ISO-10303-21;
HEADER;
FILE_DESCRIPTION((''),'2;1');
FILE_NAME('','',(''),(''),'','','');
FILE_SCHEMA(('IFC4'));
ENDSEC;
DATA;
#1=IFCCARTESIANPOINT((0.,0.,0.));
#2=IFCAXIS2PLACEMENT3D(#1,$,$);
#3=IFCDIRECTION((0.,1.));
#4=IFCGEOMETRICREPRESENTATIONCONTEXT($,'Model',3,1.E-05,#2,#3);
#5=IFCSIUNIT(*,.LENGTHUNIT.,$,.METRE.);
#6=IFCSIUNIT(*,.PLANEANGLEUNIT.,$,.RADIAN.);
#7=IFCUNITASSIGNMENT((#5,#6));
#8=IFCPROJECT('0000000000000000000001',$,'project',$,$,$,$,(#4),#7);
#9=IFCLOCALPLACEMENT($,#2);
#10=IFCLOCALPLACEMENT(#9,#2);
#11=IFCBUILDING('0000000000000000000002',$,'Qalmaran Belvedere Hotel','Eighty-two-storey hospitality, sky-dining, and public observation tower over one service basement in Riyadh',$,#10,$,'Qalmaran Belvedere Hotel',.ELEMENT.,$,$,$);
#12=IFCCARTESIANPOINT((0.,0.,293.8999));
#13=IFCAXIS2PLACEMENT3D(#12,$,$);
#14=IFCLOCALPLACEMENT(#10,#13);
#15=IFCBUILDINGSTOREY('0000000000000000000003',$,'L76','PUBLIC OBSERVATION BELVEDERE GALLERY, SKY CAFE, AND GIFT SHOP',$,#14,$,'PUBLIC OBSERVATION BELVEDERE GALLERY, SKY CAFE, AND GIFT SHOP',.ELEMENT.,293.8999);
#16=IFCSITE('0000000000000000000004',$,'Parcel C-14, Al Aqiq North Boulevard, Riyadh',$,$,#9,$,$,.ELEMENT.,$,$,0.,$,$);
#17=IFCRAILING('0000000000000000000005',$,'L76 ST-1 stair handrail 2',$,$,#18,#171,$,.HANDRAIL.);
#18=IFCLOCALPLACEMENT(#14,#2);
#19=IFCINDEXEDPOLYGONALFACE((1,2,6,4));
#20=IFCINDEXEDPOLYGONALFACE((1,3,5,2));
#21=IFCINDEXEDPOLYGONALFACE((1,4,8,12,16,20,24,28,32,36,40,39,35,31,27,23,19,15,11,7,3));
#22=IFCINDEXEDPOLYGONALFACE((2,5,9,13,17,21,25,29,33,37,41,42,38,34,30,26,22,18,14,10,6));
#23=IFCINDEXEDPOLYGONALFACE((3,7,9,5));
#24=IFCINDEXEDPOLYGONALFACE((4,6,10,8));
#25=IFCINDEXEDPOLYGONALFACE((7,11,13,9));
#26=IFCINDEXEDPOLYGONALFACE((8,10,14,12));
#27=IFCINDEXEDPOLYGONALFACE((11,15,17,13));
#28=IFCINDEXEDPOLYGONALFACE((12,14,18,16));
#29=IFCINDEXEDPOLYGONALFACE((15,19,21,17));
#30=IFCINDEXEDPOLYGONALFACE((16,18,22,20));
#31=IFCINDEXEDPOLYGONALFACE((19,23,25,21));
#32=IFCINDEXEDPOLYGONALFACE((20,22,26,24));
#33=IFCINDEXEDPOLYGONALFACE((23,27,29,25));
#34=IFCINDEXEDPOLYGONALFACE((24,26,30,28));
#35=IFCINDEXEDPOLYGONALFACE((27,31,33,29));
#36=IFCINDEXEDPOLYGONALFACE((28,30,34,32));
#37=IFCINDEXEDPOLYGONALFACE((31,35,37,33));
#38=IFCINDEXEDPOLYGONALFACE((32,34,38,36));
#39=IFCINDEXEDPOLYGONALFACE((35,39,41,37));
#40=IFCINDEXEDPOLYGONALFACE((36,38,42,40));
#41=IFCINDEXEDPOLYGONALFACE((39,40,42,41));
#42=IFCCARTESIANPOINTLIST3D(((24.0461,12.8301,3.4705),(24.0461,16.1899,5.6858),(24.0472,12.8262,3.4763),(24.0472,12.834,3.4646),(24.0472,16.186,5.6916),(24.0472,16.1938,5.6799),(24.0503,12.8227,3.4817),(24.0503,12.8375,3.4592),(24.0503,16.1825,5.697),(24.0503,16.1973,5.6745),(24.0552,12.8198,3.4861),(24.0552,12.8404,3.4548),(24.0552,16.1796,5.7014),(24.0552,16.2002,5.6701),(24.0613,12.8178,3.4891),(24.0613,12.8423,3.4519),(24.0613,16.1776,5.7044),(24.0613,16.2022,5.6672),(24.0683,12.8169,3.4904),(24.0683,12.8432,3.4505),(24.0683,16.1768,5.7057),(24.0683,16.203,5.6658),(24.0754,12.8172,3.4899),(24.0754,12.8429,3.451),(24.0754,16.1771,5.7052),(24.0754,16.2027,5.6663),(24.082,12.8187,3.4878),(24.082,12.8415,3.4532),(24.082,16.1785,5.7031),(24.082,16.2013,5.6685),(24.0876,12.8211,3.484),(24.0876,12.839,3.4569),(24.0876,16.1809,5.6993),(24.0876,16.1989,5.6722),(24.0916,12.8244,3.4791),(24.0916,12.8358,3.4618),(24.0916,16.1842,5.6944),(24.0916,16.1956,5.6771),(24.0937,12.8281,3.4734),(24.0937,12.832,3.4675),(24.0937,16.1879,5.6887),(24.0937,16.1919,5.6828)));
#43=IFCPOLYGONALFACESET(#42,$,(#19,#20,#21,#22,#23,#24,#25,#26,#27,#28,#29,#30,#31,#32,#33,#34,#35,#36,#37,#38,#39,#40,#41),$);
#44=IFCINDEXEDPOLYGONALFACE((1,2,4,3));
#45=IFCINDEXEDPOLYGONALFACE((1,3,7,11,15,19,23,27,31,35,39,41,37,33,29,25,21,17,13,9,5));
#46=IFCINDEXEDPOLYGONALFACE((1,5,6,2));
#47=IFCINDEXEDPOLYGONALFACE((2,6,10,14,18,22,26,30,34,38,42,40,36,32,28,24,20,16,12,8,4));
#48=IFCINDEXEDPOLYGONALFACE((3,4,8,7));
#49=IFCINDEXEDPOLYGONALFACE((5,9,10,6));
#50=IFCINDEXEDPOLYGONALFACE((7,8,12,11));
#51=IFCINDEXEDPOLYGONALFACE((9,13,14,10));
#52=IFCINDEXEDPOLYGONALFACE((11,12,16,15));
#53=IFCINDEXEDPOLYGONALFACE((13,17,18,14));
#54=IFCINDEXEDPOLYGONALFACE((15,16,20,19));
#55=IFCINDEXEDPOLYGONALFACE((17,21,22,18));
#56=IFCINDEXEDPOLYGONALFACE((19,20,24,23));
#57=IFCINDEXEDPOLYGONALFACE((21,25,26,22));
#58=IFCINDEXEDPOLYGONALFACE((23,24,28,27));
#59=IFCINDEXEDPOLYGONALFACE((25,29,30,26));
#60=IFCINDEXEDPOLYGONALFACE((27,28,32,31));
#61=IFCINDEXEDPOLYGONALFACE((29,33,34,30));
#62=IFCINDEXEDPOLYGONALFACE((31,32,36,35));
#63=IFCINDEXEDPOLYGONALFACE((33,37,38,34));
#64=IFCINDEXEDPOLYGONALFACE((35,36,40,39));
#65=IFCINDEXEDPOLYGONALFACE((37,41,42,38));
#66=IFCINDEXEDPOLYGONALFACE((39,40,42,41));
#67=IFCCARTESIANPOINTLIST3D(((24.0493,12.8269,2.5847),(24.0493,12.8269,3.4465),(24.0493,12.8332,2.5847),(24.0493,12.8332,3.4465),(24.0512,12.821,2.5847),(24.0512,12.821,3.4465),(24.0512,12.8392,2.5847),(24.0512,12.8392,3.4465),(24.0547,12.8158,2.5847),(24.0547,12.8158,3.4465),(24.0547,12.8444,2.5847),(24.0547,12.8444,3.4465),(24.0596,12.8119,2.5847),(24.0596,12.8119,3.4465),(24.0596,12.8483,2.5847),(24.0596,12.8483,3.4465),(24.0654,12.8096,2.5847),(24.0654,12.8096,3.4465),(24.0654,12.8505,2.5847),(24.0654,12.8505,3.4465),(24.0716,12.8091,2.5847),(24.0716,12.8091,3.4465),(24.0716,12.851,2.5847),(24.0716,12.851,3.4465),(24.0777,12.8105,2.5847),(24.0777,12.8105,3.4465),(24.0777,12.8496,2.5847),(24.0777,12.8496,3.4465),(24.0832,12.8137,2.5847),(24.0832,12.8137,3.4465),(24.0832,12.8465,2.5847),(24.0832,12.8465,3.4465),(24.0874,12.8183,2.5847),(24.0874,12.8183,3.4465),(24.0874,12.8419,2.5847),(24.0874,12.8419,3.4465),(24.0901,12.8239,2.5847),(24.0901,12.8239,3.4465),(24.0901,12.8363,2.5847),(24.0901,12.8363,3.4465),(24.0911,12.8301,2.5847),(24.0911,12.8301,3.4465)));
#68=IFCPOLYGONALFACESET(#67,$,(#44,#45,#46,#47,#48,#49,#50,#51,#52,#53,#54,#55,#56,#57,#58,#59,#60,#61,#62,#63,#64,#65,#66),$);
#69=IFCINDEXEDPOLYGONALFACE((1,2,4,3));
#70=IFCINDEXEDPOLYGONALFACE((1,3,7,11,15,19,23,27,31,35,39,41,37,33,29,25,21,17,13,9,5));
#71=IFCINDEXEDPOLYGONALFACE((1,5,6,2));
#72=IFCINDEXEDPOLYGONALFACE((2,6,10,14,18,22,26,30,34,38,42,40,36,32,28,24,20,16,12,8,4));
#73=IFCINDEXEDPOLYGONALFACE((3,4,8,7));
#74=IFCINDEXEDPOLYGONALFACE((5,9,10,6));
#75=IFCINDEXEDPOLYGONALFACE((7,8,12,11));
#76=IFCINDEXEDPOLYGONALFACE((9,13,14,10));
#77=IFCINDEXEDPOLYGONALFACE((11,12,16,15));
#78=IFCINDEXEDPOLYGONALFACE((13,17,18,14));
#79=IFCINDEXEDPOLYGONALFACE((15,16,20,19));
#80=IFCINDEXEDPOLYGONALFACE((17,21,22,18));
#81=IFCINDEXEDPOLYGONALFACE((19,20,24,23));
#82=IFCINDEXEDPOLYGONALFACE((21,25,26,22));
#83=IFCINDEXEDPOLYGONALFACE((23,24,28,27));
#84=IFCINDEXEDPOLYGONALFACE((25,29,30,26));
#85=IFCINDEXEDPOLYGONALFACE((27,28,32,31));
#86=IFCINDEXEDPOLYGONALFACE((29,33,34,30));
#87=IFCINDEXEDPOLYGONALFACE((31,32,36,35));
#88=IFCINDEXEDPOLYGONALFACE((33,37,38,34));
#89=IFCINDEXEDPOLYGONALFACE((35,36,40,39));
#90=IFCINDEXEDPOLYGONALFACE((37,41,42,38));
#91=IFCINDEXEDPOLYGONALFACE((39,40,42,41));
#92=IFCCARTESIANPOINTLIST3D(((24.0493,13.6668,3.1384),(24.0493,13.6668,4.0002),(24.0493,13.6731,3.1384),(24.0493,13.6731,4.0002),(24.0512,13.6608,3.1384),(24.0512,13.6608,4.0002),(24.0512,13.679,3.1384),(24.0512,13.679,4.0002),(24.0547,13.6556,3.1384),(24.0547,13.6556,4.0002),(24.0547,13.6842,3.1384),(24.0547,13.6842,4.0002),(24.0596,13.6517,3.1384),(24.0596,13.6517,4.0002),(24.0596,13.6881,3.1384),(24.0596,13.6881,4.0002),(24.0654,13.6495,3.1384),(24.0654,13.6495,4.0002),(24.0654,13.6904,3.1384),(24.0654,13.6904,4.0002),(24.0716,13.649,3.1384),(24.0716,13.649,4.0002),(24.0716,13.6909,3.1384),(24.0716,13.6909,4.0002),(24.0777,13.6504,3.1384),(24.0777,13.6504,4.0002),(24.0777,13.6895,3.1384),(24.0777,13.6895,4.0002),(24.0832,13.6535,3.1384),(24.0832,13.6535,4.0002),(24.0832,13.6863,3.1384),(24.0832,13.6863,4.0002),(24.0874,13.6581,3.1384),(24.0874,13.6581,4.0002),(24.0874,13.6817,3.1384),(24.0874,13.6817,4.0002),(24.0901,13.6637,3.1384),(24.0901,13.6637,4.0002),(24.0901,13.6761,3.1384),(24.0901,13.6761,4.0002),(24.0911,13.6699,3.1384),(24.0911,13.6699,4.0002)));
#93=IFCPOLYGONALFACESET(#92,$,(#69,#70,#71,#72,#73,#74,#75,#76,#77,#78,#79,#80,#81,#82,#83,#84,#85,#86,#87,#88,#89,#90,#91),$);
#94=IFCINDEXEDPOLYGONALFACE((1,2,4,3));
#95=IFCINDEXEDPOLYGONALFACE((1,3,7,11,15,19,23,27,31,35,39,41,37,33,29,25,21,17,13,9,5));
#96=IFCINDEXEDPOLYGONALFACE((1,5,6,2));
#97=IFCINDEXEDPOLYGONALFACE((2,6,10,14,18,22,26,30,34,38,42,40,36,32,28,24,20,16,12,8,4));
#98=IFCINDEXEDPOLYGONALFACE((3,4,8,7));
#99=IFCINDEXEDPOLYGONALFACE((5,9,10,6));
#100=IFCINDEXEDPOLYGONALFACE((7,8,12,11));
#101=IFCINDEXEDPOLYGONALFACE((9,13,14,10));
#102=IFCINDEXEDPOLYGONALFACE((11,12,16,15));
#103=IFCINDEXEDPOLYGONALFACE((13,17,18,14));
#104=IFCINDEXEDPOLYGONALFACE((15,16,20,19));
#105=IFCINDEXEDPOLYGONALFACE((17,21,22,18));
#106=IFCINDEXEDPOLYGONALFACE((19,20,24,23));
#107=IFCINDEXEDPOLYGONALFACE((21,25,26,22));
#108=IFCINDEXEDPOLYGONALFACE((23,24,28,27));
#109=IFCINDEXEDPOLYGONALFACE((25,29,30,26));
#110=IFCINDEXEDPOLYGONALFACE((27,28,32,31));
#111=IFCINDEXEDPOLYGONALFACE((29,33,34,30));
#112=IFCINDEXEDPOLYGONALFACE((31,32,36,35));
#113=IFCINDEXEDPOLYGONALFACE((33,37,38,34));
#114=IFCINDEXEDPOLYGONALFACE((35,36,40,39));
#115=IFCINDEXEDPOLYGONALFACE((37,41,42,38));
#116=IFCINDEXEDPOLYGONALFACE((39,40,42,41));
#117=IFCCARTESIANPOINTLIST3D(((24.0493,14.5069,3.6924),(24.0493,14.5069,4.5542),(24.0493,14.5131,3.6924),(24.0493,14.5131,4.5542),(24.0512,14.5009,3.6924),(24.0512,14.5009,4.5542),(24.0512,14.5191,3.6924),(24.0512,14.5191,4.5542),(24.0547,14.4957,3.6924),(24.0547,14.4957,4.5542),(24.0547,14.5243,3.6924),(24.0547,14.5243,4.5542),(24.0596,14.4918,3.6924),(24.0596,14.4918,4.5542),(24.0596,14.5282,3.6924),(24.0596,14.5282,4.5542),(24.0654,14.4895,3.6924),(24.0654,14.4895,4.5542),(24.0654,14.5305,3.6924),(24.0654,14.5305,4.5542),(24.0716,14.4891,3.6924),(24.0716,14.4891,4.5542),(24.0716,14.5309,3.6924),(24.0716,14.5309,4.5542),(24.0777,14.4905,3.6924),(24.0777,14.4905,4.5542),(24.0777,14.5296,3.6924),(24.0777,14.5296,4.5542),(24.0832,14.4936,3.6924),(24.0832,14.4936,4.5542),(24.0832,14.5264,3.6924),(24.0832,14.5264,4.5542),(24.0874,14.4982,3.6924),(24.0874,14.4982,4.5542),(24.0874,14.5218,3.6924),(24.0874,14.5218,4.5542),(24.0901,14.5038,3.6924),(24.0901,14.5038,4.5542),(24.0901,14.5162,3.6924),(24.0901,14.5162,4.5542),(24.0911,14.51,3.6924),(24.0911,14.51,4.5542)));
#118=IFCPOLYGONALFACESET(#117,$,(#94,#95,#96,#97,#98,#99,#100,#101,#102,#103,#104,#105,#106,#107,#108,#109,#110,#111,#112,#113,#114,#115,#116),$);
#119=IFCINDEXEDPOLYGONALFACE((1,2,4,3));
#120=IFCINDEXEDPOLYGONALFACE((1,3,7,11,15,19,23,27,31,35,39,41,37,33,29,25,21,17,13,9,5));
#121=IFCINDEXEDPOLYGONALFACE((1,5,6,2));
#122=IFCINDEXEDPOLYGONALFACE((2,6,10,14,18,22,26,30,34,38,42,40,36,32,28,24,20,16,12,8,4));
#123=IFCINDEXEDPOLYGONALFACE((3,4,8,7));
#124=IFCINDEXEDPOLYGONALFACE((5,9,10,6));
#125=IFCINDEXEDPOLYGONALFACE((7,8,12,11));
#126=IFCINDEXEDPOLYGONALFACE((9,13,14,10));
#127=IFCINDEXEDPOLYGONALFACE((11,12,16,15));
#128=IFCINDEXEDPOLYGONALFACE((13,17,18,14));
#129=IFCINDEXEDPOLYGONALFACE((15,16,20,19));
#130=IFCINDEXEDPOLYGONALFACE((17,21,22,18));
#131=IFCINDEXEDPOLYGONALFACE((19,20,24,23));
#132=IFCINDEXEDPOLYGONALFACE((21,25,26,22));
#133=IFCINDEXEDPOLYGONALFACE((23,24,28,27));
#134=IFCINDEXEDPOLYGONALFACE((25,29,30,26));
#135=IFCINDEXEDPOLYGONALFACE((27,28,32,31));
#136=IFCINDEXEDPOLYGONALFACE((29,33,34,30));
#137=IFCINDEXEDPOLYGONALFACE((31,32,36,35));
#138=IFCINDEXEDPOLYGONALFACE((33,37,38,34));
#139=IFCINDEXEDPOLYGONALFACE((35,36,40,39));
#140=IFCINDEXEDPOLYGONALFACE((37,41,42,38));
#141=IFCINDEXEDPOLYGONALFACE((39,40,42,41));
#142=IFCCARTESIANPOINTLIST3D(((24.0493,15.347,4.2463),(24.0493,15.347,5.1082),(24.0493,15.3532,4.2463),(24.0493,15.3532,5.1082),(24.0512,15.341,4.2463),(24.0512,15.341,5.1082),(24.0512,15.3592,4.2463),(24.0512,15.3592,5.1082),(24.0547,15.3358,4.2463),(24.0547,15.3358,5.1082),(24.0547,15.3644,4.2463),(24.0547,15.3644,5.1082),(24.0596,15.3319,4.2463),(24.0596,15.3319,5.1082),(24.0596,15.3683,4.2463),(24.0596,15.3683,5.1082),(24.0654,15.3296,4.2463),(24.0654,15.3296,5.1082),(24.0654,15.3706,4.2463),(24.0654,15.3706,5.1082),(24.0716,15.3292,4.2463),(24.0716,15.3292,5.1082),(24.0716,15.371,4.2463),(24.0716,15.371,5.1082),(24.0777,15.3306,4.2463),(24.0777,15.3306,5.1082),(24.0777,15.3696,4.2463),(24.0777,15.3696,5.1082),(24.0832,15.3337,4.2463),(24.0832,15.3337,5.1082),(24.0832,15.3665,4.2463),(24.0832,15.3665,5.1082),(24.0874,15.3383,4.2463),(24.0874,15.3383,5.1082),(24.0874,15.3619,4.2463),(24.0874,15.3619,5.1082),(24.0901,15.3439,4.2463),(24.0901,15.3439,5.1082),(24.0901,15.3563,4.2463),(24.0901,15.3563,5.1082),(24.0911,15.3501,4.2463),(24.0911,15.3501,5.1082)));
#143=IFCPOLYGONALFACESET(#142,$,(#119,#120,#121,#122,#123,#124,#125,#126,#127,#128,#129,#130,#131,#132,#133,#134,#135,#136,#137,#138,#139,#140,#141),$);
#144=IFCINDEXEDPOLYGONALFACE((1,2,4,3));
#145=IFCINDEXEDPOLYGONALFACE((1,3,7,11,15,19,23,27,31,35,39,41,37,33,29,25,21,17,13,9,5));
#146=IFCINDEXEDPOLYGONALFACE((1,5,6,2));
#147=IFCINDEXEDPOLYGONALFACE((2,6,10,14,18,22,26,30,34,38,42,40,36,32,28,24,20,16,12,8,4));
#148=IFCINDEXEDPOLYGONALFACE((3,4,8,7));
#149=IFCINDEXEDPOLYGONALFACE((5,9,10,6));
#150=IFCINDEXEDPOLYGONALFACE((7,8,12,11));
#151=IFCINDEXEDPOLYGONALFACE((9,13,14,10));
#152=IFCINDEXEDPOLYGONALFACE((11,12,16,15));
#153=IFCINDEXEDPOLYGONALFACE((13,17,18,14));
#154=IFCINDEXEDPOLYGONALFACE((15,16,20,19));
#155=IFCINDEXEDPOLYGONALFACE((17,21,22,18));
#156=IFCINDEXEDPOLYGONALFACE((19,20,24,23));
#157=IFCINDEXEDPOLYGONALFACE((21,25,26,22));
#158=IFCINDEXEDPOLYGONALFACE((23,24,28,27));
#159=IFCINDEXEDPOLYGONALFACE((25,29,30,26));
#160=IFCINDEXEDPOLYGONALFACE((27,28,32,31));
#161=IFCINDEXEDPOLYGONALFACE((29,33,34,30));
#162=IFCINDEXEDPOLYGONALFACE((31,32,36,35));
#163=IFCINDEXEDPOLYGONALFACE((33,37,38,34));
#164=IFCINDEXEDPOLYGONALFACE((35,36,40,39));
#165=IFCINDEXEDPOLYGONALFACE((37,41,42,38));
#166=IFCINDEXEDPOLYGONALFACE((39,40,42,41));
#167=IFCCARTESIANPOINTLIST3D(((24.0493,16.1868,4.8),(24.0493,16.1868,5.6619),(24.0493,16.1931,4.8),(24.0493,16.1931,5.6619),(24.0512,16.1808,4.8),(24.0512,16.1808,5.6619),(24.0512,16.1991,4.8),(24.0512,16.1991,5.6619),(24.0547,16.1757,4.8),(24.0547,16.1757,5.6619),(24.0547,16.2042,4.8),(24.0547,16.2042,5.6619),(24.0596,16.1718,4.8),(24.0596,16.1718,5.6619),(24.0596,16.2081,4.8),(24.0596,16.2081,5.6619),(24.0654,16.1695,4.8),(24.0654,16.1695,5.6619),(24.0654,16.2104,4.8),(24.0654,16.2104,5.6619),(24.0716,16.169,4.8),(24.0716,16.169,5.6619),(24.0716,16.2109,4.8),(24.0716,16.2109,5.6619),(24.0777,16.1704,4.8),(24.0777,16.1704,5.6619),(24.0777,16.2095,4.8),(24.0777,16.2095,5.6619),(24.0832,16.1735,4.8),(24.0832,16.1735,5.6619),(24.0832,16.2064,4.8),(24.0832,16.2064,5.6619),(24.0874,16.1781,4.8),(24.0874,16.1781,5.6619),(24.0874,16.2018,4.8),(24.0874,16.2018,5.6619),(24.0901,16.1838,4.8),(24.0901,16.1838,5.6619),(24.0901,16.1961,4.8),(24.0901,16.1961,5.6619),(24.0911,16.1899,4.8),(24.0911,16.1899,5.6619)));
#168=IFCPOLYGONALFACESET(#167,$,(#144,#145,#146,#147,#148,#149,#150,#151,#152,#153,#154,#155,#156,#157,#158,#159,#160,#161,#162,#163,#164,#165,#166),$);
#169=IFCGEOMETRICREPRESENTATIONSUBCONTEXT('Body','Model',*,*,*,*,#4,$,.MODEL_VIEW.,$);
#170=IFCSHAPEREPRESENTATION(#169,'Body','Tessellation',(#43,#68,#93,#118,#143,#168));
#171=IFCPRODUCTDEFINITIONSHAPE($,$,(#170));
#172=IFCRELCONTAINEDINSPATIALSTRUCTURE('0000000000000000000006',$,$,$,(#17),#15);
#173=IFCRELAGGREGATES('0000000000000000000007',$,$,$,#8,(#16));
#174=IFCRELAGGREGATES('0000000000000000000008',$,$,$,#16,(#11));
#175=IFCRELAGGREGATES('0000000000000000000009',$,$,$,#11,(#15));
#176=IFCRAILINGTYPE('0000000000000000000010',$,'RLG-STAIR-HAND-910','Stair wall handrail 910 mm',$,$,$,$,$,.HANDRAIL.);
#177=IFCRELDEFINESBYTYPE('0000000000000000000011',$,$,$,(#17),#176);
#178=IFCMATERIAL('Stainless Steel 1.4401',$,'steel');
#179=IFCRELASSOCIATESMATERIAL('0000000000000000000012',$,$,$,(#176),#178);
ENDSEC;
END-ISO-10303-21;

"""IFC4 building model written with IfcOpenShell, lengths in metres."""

from ifc_helpers import new_model, si_unit, direction, frame, origin, origin_2d, place, context, subcontext, project, spatial, circle, extrude, material, type_object, element, save


model = new_model("IFC4")

# Units and contexts
model_context = context("Model", 3, precision=1e-05, world=origin(), true_north=direction((0.0, 1.0)))
body_context = subcontext(model_context, "Body", "Model", "MODEL_VIEW")
ifc_project = project(units=[si_unit("LENGTHUNIT", "METRE"), si_unit("PLANEANGLEUNIT", "RADIAN")], contexts=[model_context])

# Site, building, storey
site_placement = place(None, origin())
site = spatial("IfcSite", under=ifc_project, at=site_placement, Name="Parcel C-14, Al Aqiq North Boulevard, Riyadh", CompositionType="ELEMENT", RefElevation=0.0)
building_placement = place(site_placement, origin())
building = spatial("IfcBuilding", under=site, at=building_placement, Name="Qalmaran Belvedere Hotel", Description="Eighty-two-storey hospitality, sky-dining, and public observation tower over one service basement in Riyadh", LongName="Qalmaran Belvedere Hotel", CompositionType="ELEMENT")
storey_placement = place(building_placement, frame((0.0, 0.0, 293.8999)))
storey = spatial("IfcBuildingStorey", under=building, at=storey_placement, Name="L76", Description="PUBLIC OBSERVATION BELVEDERE GALLERY, SKY CAFE, AND GIFT SHOP", LongName="PUBLIC OBSERVATION BELVEDERE GALLERY, SKY CAFE, AND GIFT SHOP", CompositionType="ELEMENT", Elevation=293.8999)

# Shared definitions
ifc_material_1 = material(Name="Stainless Steel 1.4401", Category="steel")

# Railing
railing_type = type_object("IfcRailingType", Name="RLG-STAIR-HAND-910", Description="Stair wall handrail 910 mm", PredefinedType="HANDRAIL", material=ifc_material_1)
railing_1_placement = place(storey_placement, frame((24.0701, 12.8301, 2.5847)))
element("IfcRailing", 1, at=railing_1_placement, inside=storey, type_object=railing_type, Name="L76 ST-1 stair handrail 2", PredefinedType="HANDRAIL", context=body_context, shape_type="SweptSolid", body=[
    extrude(circle(Radius=0.0239, at=origin_2d()), frame((0.0, 0.0, 0.8857), z_axis=(0.0, 0.834858, 0.550465), x_axis=(-1.0, 0.0, 0.0)), (0.0, 0.0, 1.0), 4.0244),
    extrude(circle(Radius=0.021, at=origin_2d()), origin(), (0.0, 0.0, 1.0), 0.8618),
    extrude(circle(Radius=0.021, at=origin_2d()), frame((0.0, 0.8398, 0.5537)), (0.0, 0.0, 1.0), 0.8618),
    extrude(circle(Radius=0.021, at=origin_2d()), frame((0.0, 1.6799, 1.1077)), (0.0, 0.0, 1.0), 0.8618),
    extrude(circle(Radius=0.021, at=origin_2d()), frame((0.0, 2.52, 1.6616)), (0.0, 0.0, 1.0), 0.8618),
    extrude(circle(Radius=0.021, at=origin_2d()), frame((0.0, 3.3599, 2.2153)), (0.0, 0.0, 1.0), 0.8618),
])

save(model, "model.ifc")
